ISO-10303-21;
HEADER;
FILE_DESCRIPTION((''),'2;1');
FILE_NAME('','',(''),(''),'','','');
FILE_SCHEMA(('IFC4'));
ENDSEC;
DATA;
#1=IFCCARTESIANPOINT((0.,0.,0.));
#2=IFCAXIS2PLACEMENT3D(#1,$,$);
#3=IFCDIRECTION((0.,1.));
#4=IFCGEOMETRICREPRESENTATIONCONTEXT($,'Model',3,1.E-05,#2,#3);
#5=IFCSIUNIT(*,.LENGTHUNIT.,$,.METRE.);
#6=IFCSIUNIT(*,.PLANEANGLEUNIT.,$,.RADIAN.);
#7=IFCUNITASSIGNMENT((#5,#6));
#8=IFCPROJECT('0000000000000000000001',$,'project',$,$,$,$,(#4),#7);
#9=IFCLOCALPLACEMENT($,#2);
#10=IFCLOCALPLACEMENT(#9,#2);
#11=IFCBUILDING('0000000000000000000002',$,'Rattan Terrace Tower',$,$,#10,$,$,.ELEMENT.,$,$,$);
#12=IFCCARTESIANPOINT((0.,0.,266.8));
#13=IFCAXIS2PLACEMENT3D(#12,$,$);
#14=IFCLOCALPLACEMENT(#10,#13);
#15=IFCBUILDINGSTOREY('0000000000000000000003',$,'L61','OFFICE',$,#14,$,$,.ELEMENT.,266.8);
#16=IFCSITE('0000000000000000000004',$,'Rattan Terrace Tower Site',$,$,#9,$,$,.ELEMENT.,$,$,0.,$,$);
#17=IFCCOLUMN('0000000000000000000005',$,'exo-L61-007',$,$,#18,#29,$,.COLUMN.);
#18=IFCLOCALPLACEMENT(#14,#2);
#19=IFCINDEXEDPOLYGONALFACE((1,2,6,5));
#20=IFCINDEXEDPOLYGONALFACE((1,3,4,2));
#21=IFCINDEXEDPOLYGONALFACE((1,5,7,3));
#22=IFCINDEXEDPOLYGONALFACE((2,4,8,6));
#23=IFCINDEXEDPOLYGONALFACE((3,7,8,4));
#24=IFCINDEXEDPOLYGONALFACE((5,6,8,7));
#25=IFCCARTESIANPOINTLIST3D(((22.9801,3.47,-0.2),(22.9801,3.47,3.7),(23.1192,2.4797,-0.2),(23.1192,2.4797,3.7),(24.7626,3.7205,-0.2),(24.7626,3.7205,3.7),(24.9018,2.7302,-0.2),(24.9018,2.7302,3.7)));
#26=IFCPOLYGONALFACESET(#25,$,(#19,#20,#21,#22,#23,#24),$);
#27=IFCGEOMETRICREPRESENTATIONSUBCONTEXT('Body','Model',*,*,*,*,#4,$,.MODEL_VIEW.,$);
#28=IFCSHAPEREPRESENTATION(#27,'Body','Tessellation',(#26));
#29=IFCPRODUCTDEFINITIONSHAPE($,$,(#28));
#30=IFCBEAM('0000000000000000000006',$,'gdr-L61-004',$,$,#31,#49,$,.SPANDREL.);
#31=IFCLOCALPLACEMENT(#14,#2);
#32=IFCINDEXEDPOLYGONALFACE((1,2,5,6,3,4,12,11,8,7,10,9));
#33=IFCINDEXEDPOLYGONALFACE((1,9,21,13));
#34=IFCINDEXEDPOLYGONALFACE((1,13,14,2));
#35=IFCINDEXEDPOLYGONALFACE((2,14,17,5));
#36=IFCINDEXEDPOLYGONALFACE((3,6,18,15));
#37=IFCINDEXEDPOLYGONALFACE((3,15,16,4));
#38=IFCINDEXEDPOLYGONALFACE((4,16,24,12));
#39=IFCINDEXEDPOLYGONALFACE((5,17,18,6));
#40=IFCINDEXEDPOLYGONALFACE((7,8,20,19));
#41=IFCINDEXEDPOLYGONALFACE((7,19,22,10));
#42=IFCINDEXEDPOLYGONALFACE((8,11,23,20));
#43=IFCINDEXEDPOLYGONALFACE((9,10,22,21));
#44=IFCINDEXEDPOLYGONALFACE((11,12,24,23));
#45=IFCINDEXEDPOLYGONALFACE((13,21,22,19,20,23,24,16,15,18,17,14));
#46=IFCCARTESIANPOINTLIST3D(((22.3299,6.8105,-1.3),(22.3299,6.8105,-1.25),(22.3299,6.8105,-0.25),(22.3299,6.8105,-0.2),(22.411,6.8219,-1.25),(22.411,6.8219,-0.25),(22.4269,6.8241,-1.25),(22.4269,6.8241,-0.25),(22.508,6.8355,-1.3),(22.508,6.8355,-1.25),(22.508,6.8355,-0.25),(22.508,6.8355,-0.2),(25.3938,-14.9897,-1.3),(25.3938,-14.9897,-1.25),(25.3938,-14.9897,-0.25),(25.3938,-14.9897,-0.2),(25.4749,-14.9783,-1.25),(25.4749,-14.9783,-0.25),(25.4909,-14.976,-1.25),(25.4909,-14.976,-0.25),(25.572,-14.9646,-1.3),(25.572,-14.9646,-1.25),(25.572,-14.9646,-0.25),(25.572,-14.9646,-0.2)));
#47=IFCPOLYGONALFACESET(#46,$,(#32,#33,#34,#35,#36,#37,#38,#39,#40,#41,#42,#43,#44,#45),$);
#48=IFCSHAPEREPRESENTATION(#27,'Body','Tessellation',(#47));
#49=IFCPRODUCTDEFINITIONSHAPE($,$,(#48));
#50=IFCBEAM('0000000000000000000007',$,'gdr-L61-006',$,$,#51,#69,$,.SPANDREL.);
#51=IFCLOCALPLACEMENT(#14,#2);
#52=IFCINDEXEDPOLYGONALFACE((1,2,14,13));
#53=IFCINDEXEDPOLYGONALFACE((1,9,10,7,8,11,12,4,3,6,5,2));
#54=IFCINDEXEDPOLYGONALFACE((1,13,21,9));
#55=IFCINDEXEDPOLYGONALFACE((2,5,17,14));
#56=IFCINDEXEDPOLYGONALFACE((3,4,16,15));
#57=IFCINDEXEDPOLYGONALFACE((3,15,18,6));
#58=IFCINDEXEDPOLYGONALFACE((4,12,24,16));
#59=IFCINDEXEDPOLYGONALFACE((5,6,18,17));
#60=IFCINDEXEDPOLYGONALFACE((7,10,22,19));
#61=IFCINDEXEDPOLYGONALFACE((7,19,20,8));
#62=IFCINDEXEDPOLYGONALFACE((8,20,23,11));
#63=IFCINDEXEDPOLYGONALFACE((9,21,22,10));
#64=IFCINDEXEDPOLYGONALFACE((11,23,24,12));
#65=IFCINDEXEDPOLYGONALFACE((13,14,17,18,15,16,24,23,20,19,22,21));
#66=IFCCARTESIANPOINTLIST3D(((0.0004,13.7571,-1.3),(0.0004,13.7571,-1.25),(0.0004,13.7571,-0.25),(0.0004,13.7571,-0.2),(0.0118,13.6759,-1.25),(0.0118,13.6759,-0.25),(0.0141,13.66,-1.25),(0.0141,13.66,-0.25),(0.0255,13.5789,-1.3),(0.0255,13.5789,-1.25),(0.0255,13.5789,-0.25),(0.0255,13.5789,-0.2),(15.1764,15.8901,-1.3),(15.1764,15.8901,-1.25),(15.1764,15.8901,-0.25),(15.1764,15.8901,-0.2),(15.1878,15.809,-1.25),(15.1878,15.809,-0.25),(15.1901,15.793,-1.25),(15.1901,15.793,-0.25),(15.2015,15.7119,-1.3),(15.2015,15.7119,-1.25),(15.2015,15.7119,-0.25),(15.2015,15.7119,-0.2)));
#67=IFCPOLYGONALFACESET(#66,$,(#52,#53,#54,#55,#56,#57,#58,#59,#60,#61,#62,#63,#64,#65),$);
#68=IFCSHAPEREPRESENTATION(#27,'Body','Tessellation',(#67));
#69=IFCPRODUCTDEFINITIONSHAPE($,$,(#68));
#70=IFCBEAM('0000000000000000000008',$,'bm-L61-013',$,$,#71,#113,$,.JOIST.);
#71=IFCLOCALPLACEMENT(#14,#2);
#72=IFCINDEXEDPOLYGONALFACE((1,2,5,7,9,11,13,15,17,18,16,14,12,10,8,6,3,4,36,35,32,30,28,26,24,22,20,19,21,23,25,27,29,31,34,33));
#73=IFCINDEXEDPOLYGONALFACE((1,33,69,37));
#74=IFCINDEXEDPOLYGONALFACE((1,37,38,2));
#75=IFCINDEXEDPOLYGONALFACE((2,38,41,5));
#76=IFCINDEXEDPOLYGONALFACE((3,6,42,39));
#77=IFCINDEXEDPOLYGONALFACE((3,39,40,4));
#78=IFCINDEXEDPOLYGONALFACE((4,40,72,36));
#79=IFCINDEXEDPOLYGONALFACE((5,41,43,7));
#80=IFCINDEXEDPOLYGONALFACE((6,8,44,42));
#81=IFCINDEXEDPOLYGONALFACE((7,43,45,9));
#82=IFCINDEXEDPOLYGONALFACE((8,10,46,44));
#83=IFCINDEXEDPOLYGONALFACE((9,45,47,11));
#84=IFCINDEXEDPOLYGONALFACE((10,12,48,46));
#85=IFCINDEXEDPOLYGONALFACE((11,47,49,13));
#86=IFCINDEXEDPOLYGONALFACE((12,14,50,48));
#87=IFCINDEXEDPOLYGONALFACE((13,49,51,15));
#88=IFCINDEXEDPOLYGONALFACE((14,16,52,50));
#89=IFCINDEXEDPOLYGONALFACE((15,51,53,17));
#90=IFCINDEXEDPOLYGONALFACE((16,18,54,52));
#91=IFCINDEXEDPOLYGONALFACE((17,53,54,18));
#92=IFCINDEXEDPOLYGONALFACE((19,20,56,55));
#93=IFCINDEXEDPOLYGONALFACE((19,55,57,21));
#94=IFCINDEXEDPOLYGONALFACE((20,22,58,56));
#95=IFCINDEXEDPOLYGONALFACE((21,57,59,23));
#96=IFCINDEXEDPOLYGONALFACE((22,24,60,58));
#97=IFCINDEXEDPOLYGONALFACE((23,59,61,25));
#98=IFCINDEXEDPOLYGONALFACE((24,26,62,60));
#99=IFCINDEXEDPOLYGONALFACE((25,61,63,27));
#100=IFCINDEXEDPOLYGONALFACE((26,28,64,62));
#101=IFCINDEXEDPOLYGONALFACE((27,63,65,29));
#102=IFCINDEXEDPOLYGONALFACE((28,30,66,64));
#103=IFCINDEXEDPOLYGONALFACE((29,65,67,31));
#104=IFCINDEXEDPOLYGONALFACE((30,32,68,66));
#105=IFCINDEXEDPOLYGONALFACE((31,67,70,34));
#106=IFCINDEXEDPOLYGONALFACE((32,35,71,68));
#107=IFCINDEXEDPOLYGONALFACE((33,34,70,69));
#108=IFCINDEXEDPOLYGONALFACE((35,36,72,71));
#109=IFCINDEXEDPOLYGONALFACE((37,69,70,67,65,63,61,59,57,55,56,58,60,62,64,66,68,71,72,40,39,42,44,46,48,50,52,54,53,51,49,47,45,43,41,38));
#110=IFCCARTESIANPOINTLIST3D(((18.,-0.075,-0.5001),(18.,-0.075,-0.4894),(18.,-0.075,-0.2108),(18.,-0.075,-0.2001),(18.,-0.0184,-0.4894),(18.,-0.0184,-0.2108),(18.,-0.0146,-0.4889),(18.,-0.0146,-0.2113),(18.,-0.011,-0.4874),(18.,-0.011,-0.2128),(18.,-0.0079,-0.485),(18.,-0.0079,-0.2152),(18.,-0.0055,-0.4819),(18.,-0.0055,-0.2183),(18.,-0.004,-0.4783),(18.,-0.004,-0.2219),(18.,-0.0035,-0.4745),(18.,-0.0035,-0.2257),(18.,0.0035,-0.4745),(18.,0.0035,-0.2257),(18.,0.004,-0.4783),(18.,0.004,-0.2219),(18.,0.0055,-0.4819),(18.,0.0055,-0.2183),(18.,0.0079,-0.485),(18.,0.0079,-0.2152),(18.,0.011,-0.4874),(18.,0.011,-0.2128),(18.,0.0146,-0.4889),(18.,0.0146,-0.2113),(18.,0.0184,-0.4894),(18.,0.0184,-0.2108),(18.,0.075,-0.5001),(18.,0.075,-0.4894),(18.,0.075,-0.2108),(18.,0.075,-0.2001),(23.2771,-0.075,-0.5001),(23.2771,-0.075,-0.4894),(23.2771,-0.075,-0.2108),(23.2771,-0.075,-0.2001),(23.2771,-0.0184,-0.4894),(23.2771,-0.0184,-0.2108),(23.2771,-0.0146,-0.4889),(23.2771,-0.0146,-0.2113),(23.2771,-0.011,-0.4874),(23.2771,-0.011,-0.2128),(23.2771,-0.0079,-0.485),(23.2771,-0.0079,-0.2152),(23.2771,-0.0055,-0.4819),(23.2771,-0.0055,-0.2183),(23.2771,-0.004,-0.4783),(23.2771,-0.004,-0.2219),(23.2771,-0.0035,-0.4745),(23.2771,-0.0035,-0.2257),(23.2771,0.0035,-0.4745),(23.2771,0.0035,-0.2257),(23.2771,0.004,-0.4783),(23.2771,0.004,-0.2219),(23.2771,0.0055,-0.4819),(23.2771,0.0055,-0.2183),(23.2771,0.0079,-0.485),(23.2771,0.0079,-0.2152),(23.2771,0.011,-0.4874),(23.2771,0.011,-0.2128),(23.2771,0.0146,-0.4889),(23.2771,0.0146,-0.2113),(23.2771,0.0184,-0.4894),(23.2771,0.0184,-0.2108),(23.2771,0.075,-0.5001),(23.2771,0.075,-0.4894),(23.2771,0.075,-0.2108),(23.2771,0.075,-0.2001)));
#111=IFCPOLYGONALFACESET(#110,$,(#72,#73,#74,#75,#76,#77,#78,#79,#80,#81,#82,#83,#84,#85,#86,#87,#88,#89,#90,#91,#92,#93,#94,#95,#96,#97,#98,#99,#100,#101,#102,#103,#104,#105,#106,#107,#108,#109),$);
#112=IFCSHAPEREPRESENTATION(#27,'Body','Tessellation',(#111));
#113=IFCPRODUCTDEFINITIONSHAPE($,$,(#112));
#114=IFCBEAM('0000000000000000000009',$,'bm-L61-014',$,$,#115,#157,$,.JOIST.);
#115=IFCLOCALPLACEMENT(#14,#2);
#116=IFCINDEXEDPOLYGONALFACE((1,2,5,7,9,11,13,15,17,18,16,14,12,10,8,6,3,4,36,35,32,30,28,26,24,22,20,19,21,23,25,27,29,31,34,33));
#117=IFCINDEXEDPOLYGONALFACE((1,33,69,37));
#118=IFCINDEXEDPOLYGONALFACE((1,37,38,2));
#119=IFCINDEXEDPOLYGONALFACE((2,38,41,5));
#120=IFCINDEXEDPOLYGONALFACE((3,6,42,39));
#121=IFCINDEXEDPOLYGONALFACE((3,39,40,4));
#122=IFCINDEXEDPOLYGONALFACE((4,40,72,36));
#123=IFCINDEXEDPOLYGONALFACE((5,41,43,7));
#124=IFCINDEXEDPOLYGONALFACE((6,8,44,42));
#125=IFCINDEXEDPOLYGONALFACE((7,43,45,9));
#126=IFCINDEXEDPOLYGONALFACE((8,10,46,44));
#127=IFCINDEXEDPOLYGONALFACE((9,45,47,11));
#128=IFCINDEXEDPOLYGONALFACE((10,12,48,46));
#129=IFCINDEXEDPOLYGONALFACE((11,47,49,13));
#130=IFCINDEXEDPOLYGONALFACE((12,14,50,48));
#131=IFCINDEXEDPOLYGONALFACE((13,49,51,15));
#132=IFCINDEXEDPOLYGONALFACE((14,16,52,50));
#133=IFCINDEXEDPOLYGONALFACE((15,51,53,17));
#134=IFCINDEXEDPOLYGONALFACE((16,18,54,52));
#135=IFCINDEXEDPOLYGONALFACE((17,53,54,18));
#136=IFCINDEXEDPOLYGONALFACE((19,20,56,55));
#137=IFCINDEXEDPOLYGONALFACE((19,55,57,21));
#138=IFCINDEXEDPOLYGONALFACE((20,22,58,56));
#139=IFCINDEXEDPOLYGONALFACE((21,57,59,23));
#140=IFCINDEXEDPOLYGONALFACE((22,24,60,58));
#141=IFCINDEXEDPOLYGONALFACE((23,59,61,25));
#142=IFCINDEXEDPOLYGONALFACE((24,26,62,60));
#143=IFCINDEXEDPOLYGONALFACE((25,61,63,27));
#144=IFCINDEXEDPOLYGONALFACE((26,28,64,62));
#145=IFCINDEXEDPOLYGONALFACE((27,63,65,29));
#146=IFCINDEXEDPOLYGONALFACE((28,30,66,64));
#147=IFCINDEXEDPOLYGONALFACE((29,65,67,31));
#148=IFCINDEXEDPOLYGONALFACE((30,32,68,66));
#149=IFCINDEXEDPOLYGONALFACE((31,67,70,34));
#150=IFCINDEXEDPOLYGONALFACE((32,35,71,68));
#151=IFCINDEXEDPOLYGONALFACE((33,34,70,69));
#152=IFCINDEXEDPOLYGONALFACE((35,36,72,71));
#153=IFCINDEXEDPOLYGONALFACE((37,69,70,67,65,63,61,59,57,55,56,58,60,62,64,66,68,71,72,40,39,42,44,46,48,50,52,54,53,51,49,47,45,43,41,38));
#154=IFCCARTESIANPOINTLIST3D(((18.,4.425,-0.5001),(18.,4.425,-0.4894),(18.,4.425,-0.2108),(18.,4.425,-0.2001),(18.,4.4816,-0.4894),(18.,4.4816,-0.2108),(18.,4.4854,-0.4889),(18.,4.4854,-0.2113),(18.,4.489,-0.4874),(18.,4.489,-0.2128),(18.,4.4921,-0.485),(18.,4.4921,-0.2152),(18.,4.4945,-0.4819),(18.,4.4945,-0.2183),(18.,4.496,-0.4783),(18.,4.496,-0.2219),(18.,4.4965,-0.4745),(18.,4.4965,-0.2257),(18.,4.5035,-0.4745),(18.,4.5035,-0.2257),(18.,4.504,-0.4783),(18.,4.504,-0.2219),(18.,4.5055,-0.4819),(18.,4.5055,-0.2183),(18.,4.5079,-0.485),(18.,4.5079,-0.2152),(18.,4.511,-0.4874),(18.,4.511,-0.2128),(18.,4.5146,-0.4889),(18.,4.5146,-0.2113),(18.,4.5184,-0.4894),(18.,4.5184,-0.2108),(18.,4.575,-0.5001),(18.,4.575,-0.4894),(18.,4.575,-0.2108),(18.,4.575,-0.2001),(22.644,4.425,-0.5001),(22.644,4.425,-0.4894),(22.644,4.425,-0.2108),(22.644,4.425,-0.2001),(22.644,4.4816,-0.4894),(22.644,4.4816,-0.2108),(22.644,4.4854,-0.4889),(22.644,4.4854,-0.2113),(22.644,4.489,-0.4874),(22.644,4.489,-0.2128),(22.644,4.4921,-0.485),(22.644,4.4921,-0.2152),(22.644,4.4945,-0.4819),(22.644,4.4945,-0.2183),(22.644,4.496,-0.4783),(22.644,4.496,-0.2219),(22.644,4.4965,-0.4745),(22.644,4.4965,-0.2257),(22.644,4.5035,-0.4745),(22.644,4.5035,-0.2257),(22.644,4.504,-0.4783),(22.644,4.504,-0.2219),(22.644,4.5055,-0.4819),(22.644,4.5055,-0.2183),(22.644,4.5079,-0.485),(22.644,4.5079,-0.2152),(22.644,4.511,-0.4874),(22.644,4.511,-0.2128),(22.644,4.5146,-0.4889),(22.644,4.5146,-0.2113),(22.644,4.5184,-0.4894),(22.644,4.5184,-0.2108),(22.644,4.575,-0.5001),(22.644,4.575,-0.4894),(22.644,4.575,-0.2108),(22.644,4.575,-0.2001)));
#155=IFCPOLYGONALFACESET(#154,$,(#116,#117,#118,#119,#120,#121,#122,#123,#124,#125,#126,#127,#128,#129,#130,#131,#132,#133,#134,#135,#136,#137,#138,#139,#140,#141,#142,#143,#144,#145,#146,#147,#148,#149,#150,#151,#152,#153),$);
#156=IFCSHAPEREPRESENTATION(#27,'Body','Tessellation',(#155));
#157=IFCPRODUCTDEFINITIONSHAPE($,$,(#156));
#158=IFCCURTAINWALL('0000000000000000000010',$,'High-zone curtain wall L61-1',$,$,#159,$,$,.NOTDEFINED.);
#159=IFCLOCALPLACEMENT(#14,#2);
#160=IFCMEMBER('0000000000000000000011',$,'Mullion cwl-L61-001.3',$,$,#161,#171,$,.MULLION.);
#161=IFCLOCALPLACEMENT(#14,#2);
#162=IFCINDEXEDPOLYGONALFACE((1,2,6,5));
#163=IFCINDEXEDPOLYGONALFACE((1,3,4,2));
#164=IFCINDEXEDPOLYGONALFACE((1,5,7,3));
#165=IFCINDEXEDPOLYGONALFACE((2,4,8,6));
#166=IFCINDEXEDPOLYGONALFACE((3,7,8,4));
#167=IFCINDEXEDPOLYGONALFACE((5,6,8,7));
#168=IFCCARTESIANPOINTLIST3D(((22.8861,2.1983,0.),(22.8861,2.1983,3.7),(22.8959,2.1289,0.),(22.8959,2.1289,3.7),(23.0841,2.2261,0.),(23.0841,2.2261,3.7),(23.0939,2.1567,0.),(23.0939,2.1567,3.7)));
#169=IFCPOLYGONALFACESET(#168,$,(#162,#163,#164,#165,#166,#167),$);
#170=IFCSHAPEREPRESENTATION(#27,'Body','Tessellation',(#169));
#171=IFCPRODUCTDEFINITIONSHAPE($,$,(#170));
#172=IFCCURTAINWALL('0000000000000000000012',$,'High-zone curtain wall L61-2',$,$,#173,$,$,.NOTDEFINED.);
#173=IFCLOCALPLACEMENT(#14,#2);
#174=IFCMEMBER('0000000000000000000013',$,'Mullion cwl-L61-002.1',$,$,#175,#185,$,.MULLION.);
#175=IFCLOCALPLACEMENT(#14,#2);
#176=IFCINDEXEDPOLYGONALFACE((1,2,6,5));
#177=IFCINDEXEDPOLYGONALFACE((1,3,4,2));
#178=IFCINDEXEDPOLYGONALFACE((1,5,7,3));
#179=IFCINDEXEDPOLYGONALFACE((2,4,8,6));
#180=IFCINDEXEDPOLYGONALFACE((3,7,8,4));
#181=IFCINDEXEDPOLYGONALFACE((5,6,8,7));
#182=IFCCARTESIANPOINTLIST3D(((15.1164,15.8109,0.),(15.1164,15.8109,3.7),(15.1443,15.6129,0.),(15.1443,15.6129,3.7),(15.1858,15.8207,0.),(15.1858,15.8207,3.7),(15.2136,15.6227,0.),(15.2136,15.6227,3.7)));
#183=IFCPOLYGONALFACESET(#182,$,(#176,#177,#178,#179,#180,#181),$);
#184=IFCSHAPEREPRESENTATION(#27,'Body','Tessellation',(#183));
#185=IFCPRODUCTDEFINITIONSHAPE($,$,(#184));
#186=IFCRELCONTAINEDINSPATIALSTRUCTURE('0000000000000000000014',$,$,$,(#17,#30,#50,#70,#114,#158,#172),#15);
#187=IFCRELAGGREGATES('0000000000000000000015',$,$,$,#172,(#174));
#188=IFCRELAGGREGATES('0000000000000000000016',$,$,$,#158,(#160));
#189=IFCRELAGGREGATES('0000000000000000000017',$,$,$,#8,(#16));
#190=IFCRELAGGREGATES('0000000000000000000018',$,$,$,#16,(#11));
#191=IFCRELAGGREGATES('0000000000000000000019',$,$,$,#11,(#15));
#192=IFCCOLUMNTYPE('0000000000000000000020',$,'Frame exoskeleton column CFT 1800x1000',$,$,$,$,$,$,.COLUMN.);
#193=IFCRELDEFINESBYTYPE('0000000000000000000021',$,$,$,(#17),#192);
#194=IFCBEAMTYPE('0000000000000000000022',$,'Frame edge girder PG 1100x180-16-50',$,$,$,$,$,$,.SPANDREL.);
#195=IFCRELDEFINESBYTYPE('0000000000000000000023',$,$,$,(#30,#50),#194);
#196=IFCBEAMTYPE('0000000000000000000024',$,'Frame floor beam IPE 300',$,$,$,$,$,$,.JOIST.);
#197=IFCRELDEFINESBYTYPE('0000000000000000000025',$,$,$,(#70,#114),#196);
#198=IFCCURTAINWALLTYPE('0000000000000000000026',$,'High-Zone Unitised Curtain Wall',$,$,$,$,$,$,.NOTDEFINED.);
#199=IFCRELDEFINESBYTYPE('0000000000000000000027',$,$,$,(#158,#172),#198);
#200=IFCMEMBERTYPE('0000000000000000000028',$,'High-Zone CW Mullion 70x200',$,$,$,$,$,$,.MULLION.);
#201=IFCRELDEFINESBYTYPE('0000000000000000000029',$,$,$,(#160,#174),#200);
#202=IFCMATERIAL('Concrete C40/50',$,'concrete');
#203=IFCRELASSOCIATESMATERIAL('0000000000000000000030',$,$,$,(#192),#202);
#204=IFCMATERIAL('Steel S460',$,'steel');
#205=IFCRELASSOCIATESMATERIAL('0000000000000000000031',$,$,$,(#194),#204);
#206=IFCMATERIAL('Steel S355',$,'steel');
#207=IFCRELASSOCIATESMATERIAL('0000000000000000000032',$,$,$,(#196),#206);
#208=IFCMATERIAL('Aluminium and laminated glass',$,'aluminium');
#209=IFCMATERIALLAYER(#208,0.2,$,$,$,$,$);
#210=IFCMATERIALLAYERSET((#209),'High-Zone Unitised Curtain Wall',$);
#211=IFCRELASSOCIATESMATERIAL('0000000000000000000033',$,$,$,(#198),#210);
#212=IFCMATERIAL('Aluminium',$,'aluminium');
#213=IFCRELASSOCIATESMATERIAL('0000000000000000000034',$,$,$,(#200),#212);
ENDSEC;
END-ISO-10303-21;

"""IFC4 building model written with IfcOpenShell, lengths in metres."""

from ifc_helpers import new_model, si_unit, direction, frame, origin, origin_2d, place, context, subcontext, project, spatial, rectangle, i_section, extrude, material, layer, layer_set, material_profile, profile_set, type_object, element, aggregate, save


model = new_model("IFC4")

# Units and contexts
model_context = context("Model", 3, precision=1e-05, world=origin(), true_north=direction((0.0, 1.0)))
body_context = subcontext(model_context, "Body", "Model", "MODEL_VIEW")
ifc_project = project(units=[si_unit("LENGTHUNIT", "METRE"), si_unit("PLANEANGLEUNIT", "RADIAN")], contexts=[model_context])

# Site, building, storey
site_placement = place(None, origin())
site = spatial("IfcSite", under=ifc_project, at=site_placement, Name="Rattan Terrace Tower Site", CompositionType="ELEMENT", RefElevation=0.0)
building_placement = place(site_placement, origin())
building = spatial("IfcBuilding", under=site, at=building_placement, Name="Rattan Terrace Tower", CompositionType="ELEMENT")
storey_placement = place(building_placement, frame((0.0, 0.0, 266.8)))
storey = spatial("IfcBuildingStorey", under=building, at=storey_placement, Name="L61", Description="OFFICE", CompositionType="ELEMENT", Elevation=266.8)

# Column
ifc_material_1 = material(Name="Concrete C40/50", Category="concrete")
ifc_material_profile_1 = material_profile(ifc_material_1, rectangle(XDim=1.0, YDim=1.8, at=origin_2d()), Name="CFT 1800x1000")
ifc_profile_set_1 = profile_set([ifc_material_profile_1], Name="Concrete C40/50")
column_type = type_object("IfcColumnType", Name="Frame exoskeleton column CFT 1800x1000", PredefinedType="COLUMN", material=ifc_profile_set_1)
column_placement = place(storey_placement, frame((23.9409, 3.1001, -0.2), z_axis=(0.0, 0.0, 1.0), x_axis=(-0.13919, 0.990266, 0.0)))
element("IfcColumn", 1, at=column_placement, inside=storey, type_object=column_type, Name="exo-L61-007", PredefinedType="COLUMN", context=body_context, shape_type="SweptSolid", body=[
    extrude(rectangle(XDim=1.0, YDim=1.8, at=origin_2d()), origin(), (0.0, 0.0, 1.0), 3.8999),
])

# Beams
ifc_material_2 = material(Name="Steel S460", Category="steel")
ifc_material_profile_2 = material_profile(ifc_material_2, i_section(OverallWidth=0.1799, OverallDepth=1.1001, WebThickness=0.0161, FlangeThickness=0.05, at=origin_2d()), Name="PG 1100x180-16-50")
ifc_profile_set_2 = profile_set([ifc_material_profile_2], Name="Steel S460")
beam_type_1 = type_object("IfcBeamType", Name="Frame edge girder PG 1100x180-16-50", PredefinedType="SPANDREL", material=ifc_profile_set_2)
beam_1_placement = place(storey_placement, frame((22.4189, 6.823, -0.75), z_axis=(0.139181, -0.990267, 0.0), x_axis=(0.990267, 0.139181, 0.0)))
element("IfcBeam", 2, at=beam_1_placement, inside=storey, type_object=beam_type_1, Name="gdr-L61-004", PredefinedType="SPANDREL", context=body_context, shape_type="SweptSolid", body=[
    extrude(i_section(OverallWidth=0.1799, OverallDepth=1.1001, WebThickness=0.0161, FlangeThickness=0.05, at=origin_2d()), origin(), (0.0, 0.0, 1.0), 22.0144),
])
beam_2_placement = place(storey_placement, frame((15.189, 15.801, -0.75), z_axis=(-0.990266, -0.139186, 0.0), x_axis=(0.139186, -0.990266, 0.0)))
element("IfcBeam", 3, at=beam_2_placement, inside=storey, type_object=beam_type_1, Name="gdr-L61-006", PredefinedType="SPANDREL", context=body_context, shape_type="SweptSolid", body=[
    extrude(i_section(OverallWidth=0.1799, OverallDepth=1.1001, WebThickness=0.0161, FlangeThickness=0.05, at=origin_2d()), origin(), (0.0, 0.0, 1.0), 15.3252),
])
ifc_material_3 = material(Name="Steel S355", Category="steel")
ifc_material_profile_3 = material_profile(ifc_material_3, i_section(OverallWidth=0.1499, OverallDepth=0.3, WebThickness=0.0071, FlangeThickness=0.0107, FilletRadius=0.0149, at=origin_2d()), Name="IPE 300")
ifc_profile_set_3 = profile_set([ifc_material_profile_3], Name="Steel S355")
beam_type_2 = type_object("IfcBeamType", Name="Frame floor beam IPE 300", PredefinedType="JOIST", material=ifc_profile_set_3)
beam_3_placement = place(storey_placement, frame((18.0, 0.0, -0.3501), z_axis=(1.0, 0.0, 0.0), x_axis=(0.0, 1.0, 0.0)))
element("IfcBeam", 4, at=beam_3_placement, inside=storey, type_object=beam_type_2, Name="bm-L61-013", PredefinedType="JOIST", context=body_context, shape_type="SweptSolid", body=[
    extrude(i_section(OverallWidth=0.1499, OverallDepth=0.3, WebThickness=0.0071, FlangeThickness=0.0107, FilletRadius=0.0149, at=origin_2d()), origin(), (0.0, 0.0, 1.0), 5.2771),
])
beam_4_placement = place(storey_placement, frame((18.0, 4.5, -0.3501), z_axis=(1.0, 0.0, 0.0), x_axis=(0.0, 1.0, 0.0)))
element("IfcBeam", 5, at=beam_4_placement, inside=storey, type_object=beam_type_2, Name="bm-L61-014", PredefinedType="JOIST", context=body_context, shape_type="SweptSolid", body=[
    extrude(i_section(OverallWidth=0.1499, OverallDepth=0.3, WebThickness=0.0071, FlangeThickness=0.0107, FilletRadius=0.0149, at=origin_2d()), origin(), (0.0, 0.0, 1.0), 4.644),
])

# Curtain walls, members
ifc_material_4 = material(Name="Aluminium and laminated glass", Category="aluminium")
ifc_layer_1 = layer(ifc_material_4, 0.2)
ifc_layer_set_1 = layer_set([ifc_layer_1], Name="High-Zone Unitised Curtain Wall")
curtain_wall_type = type_object("IfcCurtainWallType", Name="High-Zone Unitised Curtain Wall", PredefinedType="NOTDEFINED", material=ifc_layer_set_1)
curtain_wall_1_placement = place(storey_placement, origin())
curtain_wall_1 = element("IfcCurtainWall", 6, at=curtain_wall_1_placement, inside=storey, type_object=curtain_wall_type, Name="High-zone curtain wall L61-1", PredefinedType="NOTDEFINED")
ifc_material_5 = material(Name="Aluminium", Category="aluminium")
ifc_material_profile_4 = material_profile(ifc_material_5, rectangle(XDim=0.0701, YDim=0.2, at=origin_2d()), Name="Aluminium 70x200")
ifc_profile_set_4 = profile_set([ifc_material_profile_4], Name="Aluminium")
member_type_1 = type_object("IfcMemberType", Name="High-Zone CW Mullion 70x200", PredefinedType="MULLION", material=ifc_profile_set_4)
member_1_placement = place(storey_placement, frame((22.99, 2.1775, 0.0), z_axis=(0.0, 0.0, 1.0), x_axis=(-0.139192, 0.990265, 0.0)))
member_1 = element("IfcMember", 7, at=member_1_placement, type_object=member_type_1, Name="Mullion cwl-L61-001.3", PredefinedType="MULLION", context=body_context, shape_type="SweptSolid", body=[
    extrude(rectangle(XDim=0.0701, YDim=0.2, at=origin_2d()), origin(), (0.0, 0.0, 1.0), 3.7),
])
curtain_wall_2_placement = place(storey_placement, origin())
curtain_wall_2 = element("IfcCurtainWall", 8, at=curtain_wall_2_placement, inside=storey, type_object=curtain_wall_type, Name="High-zone curtain wall L61-2", PredefinedType="NOTDEFINED")
member_2_placement = place(storey_placement, frame((15.165, 15.7168, 0.0), z_axis=(0.0, 0.0, 1.0), x_axis=(-0.990266, -0.139189, 0.0)))
member_2 = element("IfcMember", 9, at=member_2_placement, type_object=member_type_1, Name="Mullion cwl-L61-002.1", PredefinedType="MULLION", context=body_context, shape_type="SweptSolid", body=[
    extrude(rectangle(XDim=0.0701, YDim=0.2, at=origin_2d()), origin(), (0.0, 0.0, 1.0), 3.7),
])

aggregate(curtain_wall_2, [member_2])

aggregate(curtain_wall_1, [member_1])

save(model, "model.ifc")
